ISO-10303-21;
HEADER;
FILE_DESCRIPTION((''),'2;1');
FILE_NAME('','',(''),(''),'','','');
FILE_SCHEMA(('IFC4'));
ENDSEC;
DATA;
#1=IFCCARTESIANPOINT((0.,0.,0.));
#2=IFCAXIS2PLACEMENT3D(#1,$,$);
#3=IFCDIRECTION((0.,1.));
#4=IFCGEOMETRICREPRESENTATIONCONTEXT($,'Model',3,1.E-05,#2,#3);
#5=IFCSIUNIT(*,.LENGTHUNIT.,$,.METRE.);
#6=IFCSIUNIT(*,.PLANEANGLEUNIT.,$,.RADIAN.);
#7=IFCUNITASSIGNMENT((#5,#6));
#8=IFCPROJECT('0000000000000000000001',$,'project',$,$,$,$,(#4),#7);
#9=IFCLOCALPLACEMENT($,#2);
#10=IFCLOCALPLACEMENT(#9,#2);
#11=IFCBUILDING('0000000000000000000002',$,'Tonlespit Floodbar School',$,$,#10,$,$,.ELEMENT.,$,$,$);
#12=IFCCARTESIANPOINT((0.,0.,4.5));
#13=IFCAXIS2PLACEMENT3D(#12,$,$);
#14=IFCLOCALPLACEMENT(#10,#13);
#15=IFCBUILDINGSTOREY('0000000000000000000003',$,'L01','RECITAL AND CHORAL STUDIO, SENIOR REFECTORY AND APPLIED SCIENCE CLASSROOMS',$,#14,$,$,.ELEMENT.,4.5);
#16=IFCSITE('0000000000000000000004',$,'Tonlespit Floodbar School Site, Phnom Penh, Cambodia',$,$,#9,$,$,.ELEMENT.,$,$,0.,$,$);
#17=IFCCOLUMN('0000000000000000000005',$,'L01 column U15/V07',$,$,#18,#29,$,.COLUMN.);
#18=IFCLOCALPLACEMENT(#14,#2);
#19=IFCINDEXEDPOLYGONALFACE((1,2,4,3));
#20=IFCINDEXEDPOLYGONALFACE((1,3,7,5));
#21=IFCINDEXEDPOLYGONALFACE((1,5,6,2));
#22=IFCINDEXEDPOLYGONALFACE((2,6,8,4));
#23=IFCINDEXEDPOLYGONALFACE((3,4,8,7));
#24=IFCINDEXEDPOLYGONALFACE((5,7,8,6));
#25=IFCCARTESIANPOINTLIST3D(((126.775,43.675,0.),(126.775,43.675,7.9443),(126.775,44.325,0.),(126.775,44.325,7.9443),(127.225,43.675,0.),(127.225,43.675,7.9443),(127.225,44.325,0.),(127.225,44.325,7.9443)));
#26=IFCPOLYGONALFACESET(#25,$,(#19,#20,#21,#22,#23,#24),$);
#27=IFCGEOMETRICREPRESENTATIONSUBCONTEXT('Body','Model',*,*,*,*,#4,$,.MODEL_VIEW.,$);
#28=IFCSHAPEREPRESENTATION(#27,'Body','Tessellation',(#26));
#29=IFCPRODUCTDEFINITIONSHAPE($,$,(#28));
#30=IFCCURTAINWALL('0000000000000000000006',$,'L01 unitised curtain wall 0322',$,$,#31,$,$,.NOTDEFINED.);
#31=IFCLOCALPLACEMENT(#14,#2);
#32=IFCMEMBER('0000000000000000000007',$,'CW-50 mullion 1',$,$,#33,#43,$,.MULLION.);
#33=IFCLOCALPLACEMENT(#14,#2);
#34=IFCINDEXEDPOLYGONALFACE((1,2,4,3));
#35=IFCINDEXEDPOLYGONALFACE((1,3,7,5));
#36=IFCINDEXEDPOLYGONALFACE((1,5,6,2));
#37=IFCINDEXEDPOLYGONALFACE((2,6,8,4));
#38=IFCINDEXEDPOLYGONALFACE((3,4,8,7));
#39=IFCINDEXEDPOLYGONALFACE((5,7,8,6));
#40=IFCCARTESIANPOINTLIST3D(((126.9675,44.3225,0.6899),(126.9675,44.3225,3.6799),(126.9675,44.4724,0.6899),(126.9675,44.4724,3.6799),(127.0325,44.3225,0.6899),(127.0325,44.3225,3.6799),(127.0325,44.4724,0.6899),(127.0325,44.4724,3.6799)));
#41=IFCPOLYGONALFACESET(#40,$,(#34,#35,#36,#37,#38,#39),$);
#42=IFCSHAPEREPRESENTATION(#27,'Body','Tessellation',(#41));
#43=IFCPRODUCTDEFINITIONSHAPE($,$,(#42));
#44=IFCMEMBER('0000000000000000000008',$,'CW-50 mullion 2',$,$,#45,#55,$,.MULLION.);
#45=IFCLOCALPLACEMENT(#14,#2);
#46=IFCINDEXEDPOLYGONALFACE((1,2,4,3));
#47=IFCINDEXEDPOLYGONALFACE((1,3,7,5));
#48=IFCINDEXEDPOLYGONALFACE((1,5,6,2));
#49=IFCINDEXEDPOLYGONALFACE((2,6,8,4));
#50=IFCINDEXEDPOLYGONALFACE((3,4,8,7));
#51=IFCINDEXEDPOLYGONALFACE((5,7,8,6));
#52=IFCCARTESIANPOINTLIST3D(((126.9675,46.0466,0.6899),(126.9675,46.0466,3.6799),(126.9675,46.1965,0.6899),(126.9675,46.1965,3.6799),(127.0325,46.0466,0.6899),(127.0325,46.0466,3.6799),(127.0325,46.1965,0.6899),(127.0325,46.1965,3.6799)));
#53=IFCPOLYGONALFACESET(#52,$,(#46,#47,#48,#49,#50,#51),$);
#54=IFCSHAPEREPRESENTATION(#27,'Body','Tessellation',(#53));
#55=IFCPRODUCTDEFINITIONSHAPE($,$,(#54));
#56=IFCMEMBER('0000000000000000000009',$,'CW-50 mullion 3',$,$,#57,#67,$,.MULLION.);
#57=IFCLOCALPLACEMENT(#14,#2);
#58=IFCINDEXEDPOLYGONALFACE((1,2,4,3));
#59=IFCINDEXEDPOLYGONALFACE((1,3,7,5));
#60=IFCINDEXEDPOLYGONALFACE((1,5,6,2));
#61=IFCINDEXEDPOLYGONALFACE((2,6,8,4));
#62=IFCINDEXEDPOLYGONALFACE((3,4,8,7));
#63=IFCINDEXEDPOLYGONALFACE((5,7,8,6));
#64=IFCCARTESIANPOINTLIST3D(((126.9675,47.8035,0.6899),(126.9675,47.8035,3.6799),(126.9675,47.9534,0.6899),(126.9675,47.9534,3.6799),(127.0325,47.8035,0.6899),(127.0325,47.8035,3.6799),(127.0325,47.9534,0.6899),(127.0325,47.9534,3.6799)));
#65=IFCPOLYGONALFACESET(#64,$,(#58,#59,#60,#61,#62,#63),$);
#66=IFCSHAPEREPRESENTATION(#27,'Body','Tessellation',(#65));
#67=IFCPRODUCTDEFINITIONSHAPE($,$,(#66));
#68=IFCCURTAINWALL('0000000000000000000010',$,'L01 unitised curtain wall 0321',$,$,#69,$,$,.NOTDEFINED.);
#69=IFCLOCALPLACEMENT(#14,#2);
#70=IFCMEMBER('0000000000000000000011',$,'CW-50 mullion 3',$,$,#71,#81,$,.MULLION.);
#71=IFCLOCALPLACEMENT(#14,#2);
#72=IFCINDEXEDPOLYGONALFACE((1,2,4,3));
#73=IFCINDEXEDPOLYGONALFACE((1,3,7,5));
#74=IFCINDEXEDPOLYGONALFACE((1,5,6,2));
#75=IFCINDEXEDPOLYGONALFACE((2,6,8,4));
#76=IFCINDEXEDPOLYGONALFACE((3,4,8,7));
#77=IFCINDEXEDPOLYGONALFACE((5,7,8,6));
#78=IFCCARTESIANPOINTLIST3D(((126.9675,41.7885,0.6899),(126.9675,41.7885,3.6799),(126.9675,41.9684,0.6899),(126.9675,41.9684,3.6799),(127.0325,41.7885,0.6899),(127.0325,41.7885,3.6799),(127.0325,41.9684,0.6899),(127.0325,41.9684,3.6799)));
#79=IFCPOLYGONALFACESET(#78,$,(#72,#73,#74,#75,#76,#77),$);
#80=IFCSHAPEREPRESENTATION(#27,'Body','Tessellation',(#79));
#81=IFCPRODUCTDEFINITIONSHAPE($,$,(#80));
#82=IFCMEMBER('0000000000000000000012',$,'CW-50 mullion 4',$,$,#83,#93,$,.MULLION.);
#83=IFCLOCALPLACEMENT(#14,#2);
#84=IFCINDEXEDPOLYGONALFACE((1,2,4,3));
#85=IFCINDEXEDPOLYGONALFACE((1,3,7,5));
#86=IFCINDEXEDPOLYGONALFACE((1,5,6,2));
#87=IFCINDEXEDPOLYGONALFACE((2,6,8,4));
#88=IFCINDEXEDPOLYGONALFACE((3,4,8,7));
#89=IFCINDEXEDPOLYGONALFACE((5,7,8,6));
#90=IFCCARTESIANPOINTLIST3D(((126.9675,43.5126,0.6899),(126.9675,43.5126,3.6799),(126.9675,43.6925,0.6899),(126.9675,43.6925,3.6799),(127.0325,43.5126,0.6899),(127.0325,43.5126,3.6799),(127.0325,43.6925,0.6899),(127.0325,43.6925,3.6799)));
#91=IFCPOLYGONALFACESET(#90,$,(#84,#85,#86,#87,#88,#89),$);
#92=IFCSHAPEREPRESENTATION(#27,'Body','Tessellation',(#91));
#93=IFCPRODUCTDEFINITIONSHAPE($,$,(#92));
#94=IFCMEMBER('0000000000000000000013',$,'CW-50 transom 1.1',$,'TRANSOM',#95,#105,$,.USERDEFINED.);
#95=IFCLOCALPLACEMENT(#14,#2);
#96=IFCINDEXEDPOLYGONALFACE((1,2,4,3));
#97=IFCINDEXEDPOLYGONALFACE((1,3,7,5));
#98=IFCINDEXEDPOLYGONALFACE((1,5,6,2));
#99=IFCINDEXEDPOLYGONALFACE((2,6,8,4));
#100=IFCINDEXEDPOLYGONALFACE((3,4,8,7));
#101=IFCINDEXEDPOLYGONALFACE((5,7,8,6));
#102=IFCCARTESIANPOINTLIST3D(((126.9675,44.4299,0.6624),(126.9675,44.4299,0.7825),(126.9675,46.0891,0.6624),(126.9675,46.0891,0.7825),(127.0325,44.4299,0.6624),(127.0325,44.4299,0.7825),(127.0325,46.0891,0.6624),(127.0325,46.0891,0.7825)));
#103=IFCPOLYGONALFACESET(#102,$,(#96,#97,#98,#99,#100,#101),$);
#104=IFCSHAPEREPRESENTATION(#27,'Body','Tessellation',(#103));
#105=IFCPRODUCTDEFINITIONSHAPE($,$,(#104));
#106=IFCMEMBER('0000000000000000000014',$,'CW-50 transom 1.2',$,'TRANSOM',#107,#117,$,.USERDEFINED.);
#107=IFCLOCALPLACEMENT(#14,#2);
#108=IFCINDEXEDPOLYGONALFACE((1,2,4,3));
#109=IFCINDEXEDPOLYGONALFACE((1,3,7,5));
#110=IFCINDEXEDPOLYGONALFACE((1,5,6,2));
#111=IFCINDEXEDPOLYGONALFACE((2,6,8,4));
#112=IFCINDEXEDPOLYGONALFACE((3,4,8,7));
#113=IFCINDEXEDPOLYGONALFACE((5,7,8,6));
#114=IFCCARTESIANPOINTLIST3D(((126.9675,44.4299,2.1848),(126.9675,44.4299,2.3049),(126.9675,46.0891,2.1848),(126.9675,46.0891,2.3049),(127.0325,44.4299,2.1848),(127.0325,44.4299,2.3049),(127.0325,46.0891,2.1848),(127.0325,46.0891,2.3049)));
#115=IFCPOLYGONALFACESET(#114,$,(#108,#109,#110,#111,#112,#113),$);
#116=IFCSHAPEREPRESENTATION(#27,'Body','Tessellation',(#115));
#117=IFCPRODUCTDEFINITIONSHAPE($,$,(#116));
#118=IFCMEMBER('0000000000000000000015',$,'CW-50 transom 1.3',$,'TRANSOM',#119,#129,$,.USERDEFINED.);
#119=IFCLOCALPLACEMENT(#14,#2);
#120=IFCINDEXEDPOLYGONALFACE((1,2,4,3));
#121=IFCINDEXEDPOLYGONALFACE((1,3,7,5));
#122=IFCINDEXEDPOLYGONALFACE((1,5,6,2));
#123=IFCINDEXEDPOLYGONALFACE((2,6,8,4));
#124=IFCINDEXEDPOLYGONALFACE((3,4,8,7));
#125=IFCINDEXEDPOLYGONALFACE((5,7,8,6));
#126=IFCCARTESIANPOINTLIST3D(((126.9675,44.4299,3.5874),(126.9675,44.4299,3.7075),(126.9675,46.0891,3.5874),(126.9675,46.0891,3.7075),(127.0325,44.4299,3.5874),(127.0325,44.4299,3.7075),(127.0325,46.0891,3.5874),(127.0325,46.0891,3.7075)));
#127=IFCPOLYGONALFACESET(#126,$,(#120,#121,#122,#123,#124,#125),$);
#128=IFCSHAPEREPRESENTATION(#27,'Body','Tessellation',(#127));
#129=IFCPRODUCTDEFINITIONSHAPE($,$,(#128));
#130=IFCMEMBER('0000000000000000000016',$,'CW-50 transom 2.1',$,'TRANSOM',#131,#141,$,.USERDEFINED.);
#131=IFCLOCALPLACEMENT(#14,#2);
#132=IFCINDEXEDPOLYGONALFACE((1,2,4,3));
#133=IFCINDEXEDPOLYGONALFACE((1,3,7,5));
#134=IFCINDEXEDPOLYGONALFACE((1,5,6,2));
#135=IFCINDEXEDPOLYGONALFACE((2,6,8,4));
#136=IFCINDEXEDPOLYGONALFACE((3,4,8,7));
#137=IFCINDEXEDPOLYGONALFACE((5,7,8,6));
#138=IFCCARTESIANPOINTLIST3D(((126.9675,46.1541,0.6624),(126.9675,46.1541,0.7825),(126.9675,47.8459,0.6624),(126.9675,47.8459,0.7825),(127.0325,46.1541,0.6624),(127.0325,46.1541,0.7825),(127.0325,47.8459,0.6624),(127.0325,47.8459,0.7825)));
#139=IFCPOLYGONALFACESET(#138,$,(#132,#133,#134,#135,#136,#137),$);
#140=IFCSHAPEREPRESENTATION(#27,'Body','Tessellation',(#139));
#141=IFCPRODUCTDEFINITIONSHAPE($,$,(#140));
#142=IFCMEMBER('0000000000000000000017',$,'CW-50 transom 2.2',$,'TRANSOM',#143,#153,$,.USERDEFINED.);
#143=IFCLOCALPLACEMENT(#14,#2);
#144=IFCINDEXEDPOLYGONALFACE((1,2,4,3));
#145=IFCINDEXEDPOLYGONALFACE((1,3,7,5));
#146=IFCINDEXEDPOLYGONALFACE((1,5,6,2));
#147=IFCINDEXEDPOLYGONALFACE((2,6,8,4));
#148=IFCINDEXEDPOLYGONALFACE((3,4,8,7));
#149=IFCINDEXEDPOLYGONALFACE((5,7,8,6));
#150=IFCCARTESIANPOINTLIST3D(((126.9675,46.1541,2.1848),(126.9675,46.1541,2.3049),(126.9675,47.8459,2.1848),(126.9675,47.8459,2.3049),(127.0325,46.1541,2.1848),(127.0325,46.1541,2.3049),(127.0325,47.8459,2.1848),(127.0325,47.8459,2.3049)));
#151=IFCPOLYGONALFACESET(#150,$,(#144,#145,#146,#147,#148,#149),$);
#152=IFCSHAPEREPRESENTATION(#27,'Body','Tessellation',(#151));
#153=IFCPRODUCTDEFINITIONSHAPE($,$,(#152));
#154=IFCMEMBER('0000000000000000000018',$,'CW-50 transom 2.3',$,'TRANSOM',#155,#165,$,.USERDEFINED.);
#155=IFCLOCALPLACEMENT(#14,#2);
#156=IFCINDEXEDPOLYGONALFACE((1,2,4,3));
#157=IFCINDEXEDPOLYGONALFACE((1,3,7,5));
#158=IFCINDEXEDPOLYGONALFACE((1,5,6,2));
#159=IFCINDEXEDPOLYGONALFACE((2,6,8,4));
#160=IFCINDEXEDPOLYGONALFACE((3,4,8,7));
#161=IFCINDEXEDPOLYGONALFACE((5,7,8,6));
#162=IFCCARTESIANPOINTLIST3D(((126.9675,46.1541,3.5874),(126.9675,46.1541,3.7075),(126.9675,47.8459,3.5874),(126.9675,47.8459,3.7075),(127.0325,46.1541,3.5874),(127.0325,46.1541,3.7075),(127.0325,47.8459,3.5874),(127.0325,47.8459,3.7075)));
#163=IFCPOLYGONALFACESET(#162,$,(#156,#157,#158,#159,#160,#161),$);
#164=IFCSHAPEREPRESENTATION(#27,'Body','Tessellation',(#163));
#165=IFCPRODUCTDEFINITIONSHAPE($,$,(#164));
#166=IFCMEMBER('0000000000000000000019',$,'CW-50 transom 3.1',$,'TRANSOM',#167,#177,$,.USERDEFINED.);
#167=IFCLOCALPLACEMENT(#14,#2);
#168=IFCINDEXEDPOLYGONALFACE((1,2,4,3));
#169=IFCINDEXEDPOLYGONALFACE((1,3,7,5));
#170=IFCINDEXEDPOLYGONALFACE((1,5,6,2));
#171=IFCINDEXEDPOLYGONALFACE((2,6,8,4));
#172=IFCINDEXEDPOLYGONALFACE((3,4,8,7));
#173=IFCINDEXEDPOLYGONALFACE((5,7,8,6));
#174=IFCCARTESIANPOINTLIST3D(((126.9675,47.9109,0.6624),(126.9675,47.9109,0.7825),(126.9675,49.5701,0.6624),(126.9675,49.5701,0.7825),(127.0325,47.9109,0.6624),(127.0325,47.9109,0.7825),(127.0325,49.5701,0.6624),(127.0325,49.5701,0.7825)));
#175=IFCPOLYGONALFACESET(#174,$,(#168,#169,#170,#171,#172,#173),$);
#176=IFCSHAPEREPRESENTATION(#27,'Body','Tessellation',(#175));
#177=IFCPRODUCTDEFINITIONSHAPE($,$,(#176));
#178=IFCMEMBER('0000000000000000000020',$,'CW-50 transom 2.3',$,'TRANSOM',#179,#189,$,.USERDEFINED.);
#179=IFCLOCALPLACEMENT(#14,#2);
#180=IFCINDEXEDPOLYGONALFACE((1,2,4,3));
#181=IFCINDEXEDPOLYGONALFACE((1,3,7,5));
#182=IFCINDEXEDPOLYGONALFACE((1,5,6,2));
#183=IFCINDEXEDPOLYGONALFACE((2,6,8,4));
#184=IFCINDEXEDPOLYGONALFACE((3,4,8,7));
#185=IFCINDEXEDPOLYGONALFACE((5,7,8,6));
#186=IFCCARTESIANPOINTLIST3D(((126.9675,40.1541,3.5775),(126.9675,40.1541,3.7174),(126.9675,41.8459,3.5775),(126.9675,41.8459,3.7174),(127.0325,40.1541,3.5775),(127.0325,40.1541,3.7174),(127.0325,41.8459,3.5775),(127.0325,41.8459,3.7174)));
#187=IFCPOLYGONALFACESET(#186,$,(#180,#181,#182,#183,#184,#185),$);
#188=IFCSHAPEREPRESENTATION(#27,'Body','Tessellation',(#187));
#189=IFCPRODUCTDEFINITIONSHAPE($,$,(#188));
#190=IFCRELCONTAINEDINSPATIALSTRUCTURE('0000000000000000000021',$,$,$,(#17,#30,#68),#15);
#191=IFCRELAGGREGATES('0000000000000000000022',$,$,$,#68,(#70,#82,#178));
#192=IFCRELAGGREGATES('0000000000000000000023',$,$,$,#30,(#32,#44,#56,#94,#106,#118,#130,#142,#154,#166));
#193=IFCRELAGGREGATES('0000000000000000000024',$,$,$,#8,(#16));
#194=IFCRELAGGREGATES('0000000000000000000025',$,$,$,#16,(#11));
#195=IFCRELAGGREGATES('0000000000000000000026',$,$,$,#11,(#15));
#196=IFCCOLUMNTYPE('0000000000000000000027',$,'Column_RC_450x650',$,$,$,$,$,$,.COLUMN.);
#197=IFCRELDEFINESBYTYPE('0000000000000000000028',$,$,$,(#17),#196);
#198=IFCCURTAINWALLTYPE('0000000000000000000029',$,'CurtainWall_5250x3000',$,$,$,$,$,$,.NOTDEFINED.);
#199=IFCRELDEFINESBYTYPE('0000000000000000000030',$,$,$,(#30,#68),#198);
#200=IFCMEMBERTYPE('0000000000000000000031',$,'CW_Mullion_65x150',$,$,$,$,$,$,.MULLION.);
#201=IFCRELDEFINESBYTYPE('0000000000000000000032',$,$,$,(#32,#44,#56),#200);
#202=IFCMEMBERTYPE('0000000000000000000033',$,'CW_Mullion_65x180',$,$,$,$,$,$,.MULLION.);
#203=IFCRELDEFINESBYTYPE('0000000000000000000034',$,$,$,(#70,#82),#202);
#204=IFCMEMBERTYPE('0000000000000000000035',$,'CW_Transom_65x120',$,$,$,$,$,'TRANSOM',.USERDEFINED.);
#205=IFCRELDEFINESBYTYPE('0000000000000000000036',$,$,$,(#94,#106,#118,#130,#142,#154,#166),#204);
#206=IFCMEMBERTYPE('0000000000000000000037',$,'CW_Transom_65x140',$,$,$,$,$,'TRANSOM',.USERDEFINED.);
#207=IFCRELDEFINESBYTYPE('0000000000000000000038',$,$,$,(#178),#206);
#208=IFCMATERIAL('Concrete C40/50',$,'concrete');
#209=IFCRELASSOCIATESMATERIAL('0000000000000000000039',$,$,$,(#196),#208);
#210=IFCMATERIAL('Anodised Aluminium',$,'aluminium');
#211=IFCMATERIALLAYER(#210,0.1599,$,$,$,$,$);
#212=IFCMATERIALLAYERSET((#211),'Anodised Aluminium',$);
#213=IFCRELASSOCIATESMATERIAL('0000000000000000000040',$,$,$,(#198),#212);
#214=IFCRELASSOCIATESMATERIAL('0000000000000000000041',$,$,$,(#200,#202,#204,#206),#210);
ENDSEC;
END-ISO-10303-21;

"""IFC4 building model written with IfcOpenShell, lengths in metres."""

from ifc_helpers import new_model, si_unit, direction, frame, origin, origin_2d, place, context, subcontext, project, spatial, rectangle, extrude, material, layer, layer_set, material_profile, profile_set, type_object, element, aggregate, save


model = new_model("IFC4")

# Units and contexts
model_context = context("Model", 3, precision=1e-05, world=origin(), true_north=direction((0.0, 1.0)))
body_context = subcontext(model_context, "Body", "Model", "MODEL_VIEW")
ifc_project = project(units=[si_unit("LENGTHUNIT", "METRE"), si_unit("PLANEANGLEUNIT", "RADIAN")], contexts=[model_context])

# Site, building, storey
site_placement = place(None, origin())
site = spatial("IfcSite", under=ifc_project, at=site_placement, Name="Tonlespit Floodbar School Site, Phnom Penh, Cambodia", CompositionType="ELEMENT", RefElevation=0.0)
building_placement = place(site_placement, origin())
building = spatial("IfcBuilding", under=site, at=building_placement, Name="Tonlespit Floodbar School", CompositionType="ELEMENT")
storey_placement = place(building_placement, frame((0.0, 0.0, 4.5)))
storey = spatial("IfcBuildingStorey", under=building, at=storey_placement, Name="L01", Description="RECITAL AND CHORAL STUDIO, SENIOR REFECTORY AND APPLIED SCIENCE CLASSROOMS", CompositionType="ELEMENT", Elevation=4.5)

# Column
ifc_material_1 = material(Name="Concrete C40/50", Category="concrete")
ifc_material_profile_1 = material_profile(ifc_material_1, rectangle(XDim=0.45, YDim=0.6499, at=origin_2d()), Name="RC 450x650")
ifc_profile_set_1 = profile_set([ifc_material_profile_1], Name="Concrete C40/50")
column_type = type_object("IfcColumnType", Name="Column_RC_450x650", PredefinedType="COLUMN", material=ifc_profile_set_1)
column_placement = place(storey_placement, frame((127.0, 44.0, 0.0), z_axis=(0.0, 0.0, 1.0), x_axis=(1.0, 0.0, 0.0)))
element("IfcColumn", 1, at=column_placement, inside=storey, type_object=column_type, Name="L01 column U15/V07", PredefinedType="COLUMN", context=body_context, shape_type="SweptSolid", body=[
    extrude(rectangle(XDim=0.45, YDim=0.6499, at=origin_2d()), origin(), (0.0, 0.0, 1.0), 7.9443),
])

# Curtain walls, members
ifc_material_2 = material(Name="Anodised Aluminium", Category="aluminium")
ifc_layer_1 = layer(ifc_material_2, 0.1599)
ifc_layer_set_1 = layer_set([ifc_layer_1], Name="Anodised Aluminium")
curtain_wall_type = type_object("IfcCurtainWallType", Name="CurtainWall_5250x3000", PredefinedType="NOTDEFINED", material=ifc_layer_set_1)
curtain_wall_1_placement = place(storey_placement, origin())
curtain_wall_1 = element("IfcCurtainWall", 2, at=curtain_wall_1_placement, inside=storey, type_object=curtain_wall_type, Name="L01 unitised curtain wall 0322", PredefinedType="NOTDEFINED")
ifc_material_profile_2 = material_profile(ifc_material_2, rectangle(XDim=0.0649, YDim=0.1499, at=origin_2d()), Name="ALU M65x150")
ifc_profile_set_2 = profile_set([ifc_material_profile_2], Name="Anodised Aluminium")
member_type_1 = type_object("IfcMemberType", Name="CW_Mullion_65x150", PredefinedType="MULLION", material=ifc_profile_set_2)
member_1_placement = place(storey_placement, frame((127.0, 44.3975, 0.6899), z_axis=(0.0, 0.0, 1.0), x_axis=(-1.0, 0.0, 0.0)))
member_1 = element("IfcMember", 3, at=member_1_placement, type_object=member_type_1, Name="CW-50 mullion 1", PredefinedType="MULLION", context=body_context, shape_type="SweptSolid", body=[
    extrude(rectangle(XDim=0.0649, YDim=0.1499, at=origin_2d()), origin(), (0.0, 0.0, 1.0), 2.99),
])
member_2_placement = place(storey_placement, frame((127.0, 46.1216, 0.6899), z_axis=(0.0, 0.0, 1.0), x_axis=(-1.0, 0.0, 0.0)))
member_2 = element("IfcMember", 4, at=member_2_placement, type_object=member_type_1, Name="CW-50 mullion 2", PredefinedType="MULLION", context=body_context, shape_type="SweptSolid", body=[
    extrude(rectangle(XDim=0.0649, YDim=0.1499, at=origin_2d()), origin(), (0.0, 0.0, 1.0), 2.99),
])
member_3_placement = place(storey_placement, frame((127.0, 47.8784, 0.6899), z_axis=(0.0, 0.0, 1.0), x_axis=(-1.0, 0.0, 0.0)))
member_3 = element("IfcMember", 5, at=member_3_placement, type_object=member_type_1, Name="CW-50 mullion 3", PredefinedType="MULLION", context=body_context, shape_type="SweptSolid", body=[
    extrude(rectangle(XDim=0.0649, YDim=0.1499, at=origin_2d()), origin(), (0.0, 0.0, 1.0), 2.99),
])
curtain_wall_2_placement = place(storey_placement, origin())
curtain_wall_2 = element("IfcCurtainWall", 6, at=curtain_wall_2_placement, inside=storey, type_object=curtain_wall_type, Name="L01 unitised curtain wall 0321", PredefinedType="NOTDEFINED")
ifc_material_profile_3 = material_profile(ifc_material_2, rectangle(XDim=0.0649, YDim=0.1799, at=origin_2d()), Name="ALU M65x180")
ifc_profile_set_3 = profile_set([ifc_material_profile_3], Name="Anodised Aluminium")
member_type_2 = type_object("IfcMemberType", Name="CW_Mullion_65x180", PredefinedType="MULLION", material=ifc_profile_set_3)
member_4_placement = place(storey_placement, frame((127.0, 41.8784, 0.6899), z_axis=(0.0, 0.0, 1.0), x_axis=(-1.0, 0.0, 0.0)))
member_4 = element("IfcMember", 7, at=member_4_placement, type_object=member_type_2, Name="CW-50 mullion 3", PredefinedType="MULLION", context=body_context, shape_type="SweptSolid", body=[
    extrude(rectangle(XDim=0.0649, YDim=0.1799, at=origin_2d()), origin(), (0.0, 0.0, 1.0), 2.99),
])
member_5_placement = place(storey_placement, frame((127.0, 43.6025, 0.6899), z_axis=(0.0, 0.0, 1.0), x_axis=(-1.0, 0.0, 0.0)))
member_5 = element("IfcMember", 8, at=member_5_placement, type_object=member_type_2, Name="CW-50 mullion 4", PredefinedType="MULLION", context=body_context, shape_type="SweptSolid", body=[
    extrude(rectangle(XDim=0.0649, YDim=0.1799, at=origin_2d()), origin(), (0.0, 0.0, 1.0), 2.99),
])

# Members
ifc_material_profile_4 = material_profile(ifc_material_2, rectangle(XDim=0.0649, YDim=0.1201, at=origin_2d()), Name="ALU T65x120")
ifc_profile_set_4 = profile_set([ifc_material_profile_4], Name="Anodised Aluminium")
member_type_3 = type_object("IfcMemberType", Name="CW_Transom_65x120", ElementType="TRANSOM", PredefinedType="USERDEFINED", material=ifc_profile_set_4)
member_6_placement = place(storey_placement, frame((127.0, 44.4299, 0.7224), z_axis=(0.0, 1.0, 0.0), x_axis=(-1.0, 0.0, 0.0)))
member_6 = element("IfcMember", 9, at=member_6_placement, type_object=member_type_3, Name="CW-50 transom 1.1", ObjectType="TRANSOM", PredefinedType="USERDEFINED", context=body_context, shape_type="SweptSolid", body=[
    extrude(rectangle(XDim=0.0649, YDim=0.1201, at=origin_2d()), origin(), (0.0, 0.0, 1.0), 1.6592),
])
member_7_placement = place(storey_placement, frame((127.0, 44.4299, 2.2449), z_axis=(0.0, 1.0, 0.0), x_axis=(-1.0, 0.0, 0.0)))
member_7 = element("IfcMember", 10, at=member_7_placement, type_object=member_type_3, Name="CW-50 transom 1.2", ObjectType="TRANSOM", PredefinedType="USERDEFINED", context=body_context, shape_type="SweptSolid", body=[
    extrude(rectangle(XDim=0.0649, YDim=0.1201, at=origin_2d()), origin(), (0.0, 0.0, 1.0), 1.6592),
])
member_8_placement = place(storey_placement, frame((127.0, 44.4299, 3.6475), z_axis=(0.0, 1.0, 0.0), x_axis=(-1.0, 0.0, 0.0)))
member_8 = element("IfcMember", 11, at=member_8_placement, type_object=member_type_3, Name="CW-50 transom 1.3", ObjectType="TRANSOM", PredefinedType="USERDEFINED", context=body_context, shape_type="SweptSolid", body=[
    extrude(rectangle(XDim=0.0649, YDim=0.1201, at=origin_2d()), origin(), (0.0, 0.0, 1.0), 1.6592),
])
member_9_placement = place(storey_placement, frame((127.0, 46.1541, 0.7224), z_axis=(0.0, 1.0, 0.0), x_axis=(-1.0, 0.0, 0.0)))
member_9 = element("IfcMember", 12, at=member_9_placement, type_object=member_type_3, Name="CW-50 transom 2.1", ObjectType="TRANSOM", PredefinedType="USERDEFINED", context=body_context, shape_type="SweptSolid", body=[
    extrude(rectangle(XDim=0.0649, YDim=0.1201, at=origin_2d()), origin(), (0.0, 0.0, 1.0), 1.6919),
])
member_10_placement = place(storey_placement, frame((127.0, 46.1541, 2.2449), z_axis=(0.0, 1.0, 0.0), x_axis=(-1.0, 0.0, 0.0)))
member_10 = element("IfcMember", 13, at=member_10_placement, type_object=member_type_3, Name="CW-50 transom 2.2", ObjectType="TRANSOM", PredefinedType="USERDEFINED", context=body_context, shape_type="SweptSolid", body=[
    extrude(rectangle(XDim=0.0649, YDim=0.1201, at=origin_2d()), origin(), (0.0, 0.0, 1.0), 1.6919),
])
member_11_placement = place(storey_placement, frame((127.0, 46.1541, 3.6475), z_axis=(0.0, 1.0, 0.0), x_axis=(-1.0, 0.0, 0.0)))
member_11 = element("IfcMember", 14, at=member_11_placement, type_object=member_type_3, Name="CW-50 transom 2.3", ObjectType="TRANSOM", PredefinedType="USERDEFINED", context=body_context, shape_type="SweptSolid", body=[
    extrude(rectangle(XDim=0.0649, YDim=0.1201, at=origin_2d()), origin(), (0.0, 0.0, 1.0), 1.6919),
])
member_12_placement = place(storey_placement, frame((127.0, 47.9109, 0.7224), z_axis=(0.0, 1.0, 0.0), x_axis=(-1.0, 0.0, 0.0)))
member_12 = element("IfcMember", 15, at=member_12_placement, type_object=member_type_3, Name="CW-50 transom 3.1", ObjectType="TRANSOM", PredefinedType="USERDEFINED", context=body_context, shape_type="SweptSolid", body=[
    extrude(rectangle(XDim=0.0649, YDim=0.1201, at=origin_2d()), origin(), (0.0, 0.0, 1.0), 1.6592),
])
ifc_material_profile_5 = material_profile(ifc_material_2, rectangle(XDim=0.0649, YDim=0.1399, at=origin_2d()), Name="ALU T65x140")
ifc_profile_set_5 = profile_set([ifc_material_profile_5], Name="Anodised Aluminium")
member_type_4 = type_object("IfcMemberType", Name="CW_Transom_65x140", ElementType="TRANSOM", PredefinedType="USERDEFINED", material=ifc_profile_set_5)
member_13_placement = place(storey_placement, frame((127.0, 40.1541, 3.6475), z_axis=(0.0, 1.0, 0.0), x_axis=(-1.0, 0.0, 0.0)))
member_13 = element("IfcMember", 16, at=member_13_placement, type_object=member_type_4, Name="CW-50 transom 2.3", ObjectType="TRANSOM", PredefinedType="USERDEFINED", context=body_context, shape_type="SweptSolid", body=[
    extrude(rectangle(XDim=0.0649, YDim=0.1399, at=origin_2d()), origin(), (0.0, 0.0, 1.0), 1.6919),
])

aggregate(curtain_wall_2, [member_4, member_5, member_13])
aggregate(curtain_wall_1, [member_1, member_2, member_3, member_6, member_7, member_8, member_9, member_10, member_11, member_12])

save(model, "model.ifc")
